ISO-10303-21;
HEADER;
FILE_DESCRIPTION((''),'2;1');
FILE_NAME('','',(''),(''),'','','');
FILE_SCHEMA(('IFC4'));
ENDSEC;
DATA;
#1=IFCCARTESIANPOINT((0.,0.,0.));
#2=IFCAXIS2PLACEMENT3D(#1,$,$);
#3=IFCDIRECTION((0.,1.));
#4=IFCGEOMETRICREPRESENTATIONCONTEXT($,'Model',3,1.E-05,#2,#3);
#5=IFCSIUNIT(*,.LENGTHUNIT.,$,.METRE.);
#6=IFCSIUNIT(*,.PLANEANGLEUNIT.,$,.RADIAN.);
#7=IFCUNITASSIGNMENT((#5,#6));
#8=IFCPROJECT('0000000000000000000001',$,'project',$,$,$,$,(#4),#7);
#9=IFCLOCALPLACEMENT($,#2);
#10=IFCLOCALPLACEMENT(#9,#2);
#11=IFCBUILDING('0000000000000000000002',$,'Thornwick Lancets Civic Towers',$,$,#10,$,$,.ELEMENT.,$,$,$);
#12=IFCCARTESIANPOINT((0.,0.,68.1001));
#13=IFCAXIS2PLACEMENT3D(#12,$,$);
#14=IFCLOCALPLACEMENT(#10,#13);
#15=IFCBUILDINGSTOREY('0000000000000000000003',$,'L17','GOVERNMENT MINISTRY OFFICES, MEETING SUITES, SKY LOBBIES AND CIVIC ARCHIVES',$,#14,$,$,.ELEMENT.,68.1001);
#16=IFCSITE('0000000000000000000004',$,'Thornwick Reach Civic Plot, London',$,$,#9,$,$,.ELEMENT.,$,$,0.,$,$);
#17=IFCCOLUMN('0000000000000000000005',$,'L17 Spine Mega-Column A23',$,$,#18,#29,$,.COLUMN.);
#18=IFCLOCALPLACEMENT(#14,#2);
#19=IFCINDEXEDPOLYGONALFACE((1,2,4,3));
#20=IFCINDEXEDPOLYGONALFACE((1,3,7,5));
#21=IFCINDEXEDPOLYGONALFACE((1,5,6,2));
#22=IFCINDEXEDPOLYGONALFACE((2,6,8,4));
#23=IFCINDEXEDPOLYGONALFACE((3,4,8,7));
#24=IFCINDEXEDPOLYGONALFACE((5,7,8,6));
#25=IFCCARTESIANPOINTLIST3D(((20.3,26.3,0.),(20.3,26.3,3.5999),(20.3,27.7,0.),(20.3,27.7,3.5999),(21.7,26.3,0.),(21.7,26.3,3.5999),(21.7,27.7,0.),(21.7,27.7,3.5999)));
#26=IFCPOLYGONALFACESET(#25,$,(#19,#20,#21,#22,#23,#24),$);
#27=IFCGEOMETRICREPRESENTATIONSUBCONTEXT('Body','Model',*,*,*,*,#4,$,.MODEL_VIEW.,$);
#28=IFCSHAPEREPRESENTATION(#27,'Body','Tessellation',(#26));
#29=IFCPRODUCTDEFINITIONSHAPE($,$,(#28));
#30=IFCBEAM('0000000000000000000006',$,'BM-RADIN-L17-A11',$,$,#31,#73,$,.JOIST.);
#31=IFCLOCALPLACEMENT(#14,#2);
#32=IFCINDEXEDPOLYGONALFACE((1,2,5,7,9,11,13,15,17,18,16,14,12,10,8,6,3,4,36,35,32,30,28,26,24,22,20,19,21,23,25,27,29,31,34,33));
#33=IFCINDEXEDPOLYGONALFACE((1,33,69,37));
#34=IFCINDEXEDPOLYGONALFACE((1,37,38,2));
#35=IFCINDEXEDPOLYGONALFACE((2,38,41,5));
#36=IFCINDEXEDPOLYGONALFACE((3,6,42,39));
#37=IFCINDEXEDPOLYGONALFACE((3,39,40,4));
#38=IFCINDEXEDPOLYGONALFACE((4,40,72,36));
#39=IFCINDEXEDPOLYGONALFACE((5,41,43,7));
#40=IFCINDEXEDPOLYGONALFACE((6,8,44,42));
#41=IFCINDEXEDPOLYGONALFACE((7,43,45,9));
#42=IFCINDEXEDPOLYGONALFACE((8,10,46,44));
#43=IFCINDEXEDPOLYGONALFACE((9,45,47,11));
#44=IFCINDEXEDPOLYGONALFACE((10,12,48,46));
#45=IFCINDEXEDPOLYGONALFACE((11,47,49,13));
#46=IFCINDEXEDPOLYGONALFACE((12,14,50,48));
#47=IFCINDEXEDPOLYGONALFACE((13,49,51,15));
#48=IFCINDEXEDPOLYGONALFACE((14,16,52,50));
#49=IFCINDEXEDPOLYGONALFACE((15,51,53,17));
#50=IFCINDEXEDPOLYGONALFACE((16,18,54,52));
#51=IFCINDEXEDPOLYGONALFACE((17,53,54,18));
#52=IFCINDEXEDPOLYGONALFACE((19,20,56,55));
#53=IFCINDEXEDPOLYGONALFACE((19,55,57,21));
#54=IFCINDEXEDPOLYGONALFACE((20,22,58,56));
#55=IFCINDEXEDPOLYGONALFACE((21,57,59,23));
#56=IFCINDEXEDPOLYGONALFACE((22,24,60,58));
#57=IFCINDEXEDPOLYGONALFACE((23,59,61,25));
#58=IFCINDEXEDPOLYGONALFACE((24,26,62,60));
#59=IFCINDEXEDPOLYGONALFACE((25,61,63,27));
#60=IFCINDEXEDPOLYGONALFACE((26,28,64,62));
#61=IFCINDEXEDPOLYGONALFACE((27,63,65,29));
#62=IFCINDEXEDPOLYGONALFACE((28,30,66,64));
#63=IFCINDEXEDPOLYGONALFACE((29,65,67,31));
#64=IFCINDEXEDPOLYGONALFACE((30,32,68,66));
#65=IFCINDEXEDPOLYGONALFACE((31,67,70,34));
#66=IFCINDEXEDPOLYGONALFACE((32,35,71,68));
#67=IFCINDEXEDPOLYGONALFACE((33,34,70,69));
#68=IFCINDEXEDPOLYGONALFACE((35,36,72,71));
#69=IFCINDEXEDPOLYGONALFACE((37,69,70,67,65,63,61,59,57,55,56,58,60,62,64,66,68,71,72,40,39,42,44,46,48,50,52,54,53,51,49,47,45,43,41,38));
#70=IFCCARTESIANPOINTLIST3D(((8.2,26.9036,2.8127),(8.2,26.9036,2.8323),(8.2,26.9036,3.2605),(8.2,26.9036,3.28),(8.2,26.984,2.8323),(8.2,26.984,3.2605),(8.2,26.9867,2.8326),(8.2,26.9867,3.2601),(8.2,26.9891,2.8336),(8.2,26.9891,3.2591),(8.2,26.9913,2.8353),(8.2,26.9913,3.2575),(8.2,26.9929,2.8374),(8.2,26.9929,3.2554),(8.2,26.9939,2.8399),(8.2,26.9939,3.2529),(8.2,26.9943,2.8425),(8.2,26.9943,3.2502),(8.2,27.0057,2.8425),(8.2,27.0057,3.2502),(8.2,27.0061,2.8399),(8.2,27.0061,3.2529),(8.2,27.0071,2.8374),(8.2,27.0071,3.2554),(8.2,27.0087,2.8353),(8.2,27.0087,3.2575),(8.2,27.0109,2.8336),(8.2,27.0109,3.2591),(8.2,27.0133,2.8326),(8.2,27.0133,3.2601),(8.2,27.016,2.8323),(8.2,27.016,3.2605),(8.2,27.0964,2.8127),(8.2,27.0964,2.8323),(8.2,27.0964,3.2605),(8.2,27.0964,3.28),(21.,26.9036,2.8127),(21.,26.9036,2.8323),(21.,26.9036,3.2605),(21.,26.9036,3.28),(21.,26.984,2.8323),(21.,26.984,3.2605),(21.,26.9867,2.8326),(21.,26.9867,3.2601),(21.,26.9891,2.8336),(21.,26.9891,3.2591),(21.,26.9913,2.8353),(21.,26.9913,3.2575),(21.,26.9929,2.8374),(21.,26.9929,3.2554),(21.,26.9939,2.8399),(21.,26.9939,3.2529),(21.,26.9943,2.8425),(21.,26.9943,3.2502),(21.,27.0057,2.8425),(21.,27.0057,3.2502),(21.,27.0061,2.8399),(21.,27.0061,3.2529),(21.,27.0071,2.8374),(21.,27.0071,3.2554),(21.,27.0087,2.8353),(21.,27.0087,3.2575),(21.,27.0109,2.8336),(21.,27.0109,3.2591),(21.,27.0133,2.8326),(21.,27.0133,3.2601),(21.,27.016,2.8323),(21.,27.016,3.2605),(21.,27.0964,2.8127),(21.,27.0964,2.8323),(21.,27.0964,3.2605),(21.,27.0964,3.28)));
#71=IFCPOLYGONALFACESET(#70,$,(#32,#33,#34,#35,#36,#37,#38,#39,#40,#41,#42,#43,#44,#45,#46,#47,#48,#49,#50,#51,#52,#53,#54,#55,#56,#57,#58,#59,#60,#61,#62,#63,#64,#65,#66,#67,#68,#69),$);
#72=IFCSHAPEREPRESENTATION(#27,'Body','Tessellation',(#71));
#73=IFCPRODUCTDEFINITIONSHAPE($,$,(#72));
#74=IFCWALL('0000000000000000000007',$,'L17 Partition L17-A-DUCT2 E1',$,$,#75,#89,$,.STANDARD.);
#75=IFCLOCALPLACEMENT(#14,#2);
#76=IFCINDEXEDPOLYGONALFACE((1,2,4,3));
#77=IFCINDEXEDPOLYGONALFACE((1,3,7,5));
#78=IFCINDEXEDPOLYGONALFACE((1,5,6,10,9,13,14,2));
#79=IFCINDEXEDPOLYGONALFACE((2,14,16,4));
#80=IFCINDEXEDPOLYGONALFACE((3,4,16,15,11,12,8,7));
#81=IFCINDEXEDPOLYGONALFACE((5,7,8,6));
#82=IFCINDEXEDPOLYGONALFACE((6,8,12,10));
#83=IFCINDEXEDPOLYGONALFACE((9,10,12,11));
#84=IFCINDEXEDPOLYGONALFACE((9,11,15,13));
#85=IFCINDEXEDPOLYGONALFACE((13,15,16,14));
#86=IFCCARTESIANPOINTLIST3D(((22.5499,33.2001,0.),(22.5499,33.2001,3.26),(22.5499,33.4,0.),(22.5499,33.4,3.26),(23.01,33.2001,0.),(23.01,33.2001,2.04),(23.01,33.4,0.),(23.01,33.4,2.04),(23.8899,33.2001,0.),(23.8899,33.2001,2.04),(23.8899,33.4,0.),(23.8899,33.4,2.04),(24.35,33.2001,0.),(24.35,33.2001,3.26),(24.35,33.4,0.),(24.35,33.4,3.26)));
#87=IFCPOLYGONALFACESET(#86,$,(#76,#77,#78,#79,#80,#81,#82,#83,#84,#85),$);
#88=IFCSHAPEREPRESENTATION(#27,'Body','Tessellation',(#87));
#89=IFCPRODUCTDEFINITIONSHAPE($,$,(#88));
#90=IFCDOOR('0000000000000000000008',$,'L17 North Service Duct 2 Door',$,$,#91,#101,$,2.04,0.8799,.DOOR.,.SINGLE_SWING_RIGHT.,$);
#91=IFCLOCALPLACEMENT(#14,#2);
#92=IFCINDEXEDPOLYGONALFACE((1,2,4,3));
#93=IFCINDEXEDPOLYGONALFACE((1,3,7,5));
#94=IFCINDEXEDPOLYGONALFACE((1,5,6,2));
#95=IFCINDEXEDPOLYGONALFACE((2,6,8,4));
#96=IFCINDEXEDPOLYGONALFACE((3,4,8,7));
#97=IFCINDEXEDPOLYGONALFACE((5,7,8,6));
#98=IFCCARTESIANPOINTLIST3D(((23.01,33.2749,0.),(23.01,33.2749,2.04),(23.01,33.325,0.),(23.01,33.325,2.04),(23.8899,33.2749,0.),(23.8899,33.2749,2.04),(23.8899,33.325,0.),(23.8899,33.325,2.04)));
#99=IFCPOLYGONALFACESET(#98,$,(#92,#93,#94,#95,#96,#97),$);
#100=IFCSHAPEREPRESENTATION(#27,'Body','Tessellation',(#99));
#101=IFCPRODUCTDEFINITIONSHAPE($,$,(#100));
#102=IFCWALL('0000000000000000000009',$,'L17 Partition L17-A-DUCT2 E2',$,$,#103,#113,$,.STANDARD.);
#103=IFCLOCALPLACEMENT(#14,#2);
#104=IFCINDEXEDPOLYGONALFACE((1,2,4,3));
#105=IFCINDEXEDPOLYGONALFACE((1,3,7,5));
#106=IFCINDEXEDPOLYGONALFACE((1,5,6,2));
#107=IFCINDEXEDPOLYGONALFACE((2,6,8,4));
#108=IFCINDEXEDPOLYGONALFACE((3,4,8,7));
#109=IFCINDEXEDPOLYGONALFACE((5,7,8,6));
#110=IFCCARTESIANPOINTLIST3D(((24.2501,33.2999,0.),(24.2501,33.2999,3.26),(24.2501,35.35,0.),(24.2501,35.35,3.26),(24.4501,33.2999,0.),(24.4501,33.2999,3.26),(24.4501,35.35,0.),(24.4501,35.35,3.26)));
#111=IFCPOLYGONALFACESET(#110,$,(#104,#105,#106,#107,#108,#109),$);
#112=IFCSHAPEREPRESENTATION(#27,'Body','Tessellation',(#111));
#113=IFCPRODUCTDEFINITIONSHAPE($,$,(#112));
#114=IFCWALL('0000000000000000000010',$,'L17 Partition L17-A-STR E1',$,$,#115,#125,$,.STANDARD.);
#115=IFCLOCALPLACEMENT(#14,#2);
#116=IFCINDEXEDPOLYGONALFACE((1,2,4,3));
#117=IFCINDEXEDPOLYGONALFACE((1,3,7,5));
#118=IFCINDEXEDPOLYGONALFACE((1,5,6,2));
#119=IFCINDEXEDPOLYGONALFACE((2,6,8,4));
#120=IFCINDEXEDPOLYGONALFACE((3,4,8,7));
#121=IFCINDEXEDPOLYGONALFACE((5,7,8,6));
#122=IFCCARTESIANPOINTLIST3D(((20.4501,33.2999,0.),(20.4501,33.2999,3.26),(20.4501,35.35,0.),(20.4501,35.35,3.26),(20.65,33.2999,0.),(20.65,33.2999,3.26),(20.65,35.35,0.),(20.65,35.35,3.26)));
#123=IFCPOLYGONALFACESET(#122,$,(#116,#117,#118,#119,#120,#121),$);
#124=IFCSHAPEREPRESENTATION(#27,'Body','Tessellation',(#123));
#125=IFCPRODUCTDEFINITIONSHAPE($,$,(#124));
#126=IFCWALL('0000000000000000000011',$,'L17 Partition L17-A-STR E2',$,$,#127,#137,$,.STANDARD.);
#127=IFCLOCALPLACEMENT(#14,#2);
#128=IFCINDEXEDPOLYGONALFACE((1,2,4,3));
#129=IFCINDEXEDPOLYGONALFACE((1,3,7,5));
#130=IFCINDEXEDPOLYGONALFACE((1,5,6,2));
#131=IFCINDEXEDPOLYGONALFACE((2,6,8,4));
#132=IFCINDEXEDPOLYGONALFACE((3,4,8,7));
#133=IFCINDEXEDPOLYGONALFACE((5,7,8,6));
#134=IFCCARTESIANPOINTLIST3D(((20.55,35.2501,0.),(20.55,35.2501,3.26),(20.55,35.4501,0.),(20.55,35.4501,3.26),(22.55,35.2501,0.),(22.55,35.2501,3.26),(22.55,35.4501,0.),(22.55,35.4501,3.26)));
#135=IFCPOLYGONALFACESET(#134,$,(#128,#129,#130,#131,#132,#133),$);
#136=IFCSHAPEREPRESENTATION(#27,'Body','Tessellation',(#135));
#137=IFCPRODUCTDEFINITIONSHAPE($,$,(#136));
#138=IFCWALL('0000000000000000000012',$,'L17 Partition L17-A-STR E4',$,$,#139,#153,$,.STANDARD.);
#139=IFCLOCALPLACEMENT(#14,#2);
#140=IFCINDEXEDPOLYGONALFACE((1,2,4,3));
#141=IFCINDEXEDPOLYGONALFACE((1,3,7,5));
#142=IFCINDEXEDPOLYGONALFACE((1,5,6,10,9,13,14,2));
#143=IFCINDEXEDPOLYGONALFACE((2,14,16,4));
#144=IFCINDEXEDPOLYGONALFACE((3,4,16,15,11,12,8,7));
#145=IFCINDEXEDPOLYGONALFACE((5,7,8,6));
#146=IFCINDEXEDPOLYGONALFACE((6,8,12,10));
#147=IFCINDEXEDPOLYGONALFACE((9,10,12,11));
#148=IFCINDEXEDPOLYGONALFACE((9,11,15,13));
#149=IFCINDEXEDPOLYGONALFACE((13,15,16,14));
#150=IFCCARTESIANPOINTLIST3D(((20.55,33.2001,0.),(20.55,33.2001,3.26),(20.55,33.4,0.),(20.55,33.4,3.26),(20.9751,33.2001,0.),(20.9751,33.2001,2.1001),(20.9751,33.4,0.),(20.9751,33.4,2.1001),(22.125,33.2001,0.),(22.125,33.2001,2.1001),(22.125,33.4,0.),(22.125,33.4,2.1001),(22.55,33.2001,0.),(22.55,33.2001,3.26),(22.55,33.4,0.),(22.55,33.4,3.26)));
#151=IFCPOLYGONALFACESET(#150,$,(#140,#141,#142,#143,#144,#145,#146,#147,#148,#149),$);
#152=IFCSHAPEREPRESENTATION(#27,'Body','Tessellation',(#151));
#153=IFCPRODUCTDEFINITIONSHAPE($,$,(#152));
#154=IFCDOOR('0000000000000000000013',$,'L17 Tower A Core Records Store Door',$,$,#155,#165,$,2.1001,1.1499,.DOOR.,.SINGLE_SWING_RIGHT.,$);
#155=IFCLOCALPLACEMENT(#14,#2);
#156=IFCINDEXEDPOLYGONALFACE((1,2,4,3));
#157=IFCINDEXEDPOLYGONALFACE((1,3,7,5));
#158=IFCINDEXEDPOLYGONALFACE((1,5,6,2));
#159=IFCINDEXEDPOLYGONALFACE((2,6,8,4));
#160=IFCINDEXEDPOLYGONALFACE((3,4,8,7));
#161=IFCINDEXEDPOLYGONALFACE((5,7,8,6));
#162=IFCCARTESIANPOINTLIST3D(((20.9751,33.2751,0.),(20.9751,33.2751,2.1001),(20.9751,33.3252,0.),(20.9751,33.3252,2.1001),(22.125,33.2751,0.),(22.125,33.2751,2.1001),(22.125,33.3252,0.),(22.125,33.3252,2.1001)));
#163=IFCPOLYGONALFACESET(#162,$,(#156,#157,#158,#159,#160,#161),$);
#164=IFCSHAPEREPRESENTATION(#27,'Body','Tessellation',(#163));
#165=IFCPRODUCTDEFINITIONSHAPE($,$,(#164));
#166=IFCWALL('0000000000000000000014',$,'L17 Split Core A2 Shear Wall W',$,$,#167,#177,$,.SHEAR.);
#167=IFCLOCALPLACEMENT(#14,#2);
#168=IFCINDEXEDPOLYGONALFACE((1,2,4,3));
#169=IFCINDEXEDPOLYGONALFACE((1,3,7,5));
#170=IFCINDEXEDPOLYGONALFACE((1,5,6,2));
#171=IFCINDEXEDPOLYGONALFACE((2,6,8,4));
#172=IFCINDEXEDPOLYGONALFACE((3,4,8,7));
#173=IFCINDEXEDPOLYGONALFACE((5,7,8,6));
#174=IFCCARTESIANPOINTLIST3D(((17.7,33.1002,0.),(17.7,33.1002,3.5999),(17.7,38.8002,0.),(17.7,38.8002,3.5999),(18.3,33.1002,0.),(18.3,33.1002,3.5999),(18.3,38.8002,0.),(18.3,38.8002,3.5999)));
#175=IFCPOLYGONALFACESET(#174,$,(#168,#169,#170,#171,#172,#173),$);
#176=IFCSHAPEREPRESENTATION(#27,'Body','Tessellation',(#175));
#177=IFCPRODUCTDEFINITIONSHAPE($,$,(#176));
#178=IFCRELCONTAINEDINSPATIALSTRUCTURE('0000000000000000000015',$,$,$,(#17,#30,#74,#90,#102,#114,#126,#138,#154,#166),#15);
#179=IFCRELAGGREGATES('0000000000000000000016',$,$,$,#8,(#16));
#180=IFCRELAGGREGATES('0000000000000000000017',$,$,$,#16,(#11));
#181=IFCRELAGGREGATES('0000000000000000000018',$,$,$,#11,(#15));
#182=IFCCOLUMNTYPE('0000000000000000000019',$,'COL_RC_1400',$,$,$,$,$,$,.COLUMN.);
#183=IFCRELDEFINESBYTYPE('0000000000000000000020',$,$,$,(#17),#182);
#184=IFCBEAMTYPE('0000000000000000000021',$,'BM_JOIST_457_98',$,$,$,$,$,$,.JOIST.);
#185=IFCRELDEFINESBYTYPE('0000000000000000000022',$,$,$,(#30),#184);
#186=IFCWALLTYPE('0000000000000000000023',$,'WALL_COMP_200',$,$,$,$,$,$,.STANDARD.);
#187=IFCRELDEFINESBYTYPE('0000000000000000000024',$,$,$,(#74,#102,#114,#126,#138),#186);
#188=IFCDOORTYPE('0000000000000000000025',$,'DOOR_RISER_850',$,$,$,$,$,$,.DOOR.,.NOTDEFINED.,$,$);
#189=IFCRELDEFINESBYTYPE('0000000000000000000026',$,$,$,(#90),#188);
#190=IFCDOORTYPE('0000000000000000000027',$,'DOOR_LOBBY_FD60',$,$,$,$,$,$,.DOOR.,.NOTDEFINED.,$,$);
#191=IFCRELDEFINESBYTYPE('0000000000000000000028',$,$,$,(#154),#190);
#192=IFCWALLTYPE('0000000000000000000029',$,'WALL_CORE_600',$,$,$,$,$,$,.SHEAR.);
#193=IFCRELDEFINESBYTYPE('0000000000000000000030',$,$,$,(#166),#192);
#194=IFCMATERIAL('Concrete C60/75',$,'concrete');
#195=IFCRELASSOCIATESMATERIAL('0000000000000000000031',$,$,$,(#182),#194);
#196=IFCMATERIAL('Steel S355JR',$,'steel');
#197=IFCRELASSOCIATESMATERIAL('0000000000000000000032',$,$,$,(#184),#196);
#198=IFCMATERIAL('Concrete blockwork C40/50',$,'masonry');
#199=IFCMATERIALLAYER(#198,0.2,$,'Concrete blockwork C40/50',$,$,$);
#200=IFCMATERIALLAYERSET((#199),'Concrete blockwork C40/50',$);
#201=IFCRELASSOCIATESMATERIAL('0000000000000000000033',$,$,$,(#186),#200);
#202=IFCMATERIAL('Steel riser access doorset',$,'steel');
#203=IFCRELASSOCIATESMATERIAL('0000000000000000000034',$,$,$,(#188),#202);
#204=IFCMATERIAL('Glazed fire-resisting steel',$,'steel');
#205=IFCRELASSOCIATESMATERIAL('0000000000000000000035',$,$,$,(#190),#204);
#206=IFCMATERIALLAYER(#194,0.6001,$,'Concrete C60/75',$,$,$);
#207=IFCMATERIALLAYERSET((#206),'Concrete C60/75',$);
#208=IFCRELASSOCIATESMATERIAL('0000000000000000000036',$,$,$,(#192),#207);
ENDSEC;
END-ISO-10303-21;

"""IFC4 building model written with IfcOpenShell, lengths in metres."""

from ifc_helpers import new_model, si_unit, direction, frame, frame_2d, origin, origin_2d, place, context, subcontext, project, spatial, rectangle, i_section, extrude, material, layer, layer_set, material_profile, profile_set, type_object, element, fill, save


model = new_model("IFC4")

# Units and contexts
model_context = context("Model", 3, precision=1e-05, world=origin(), true_north=direction((0.0, 1.0)))
body_context = subcontext(model_context, "Body", "Model", "MODEL_VIEW")
ifc_project = project(units=[si_unit("LENGTHUNIT", "METRE"), si_unit("PLANEANGLEUNIT", "RADIAN")], contexts=[model_context])

# Site, building, storey
site_placement = place(None, origin())
site = spatial("IfcSite", under=ifc_project, at=site_placement, Name="Thornwick Reach Civic Plot, London", CompositionType="ELEMENT", RefElevation=0.0)
building_placement = place(site_placement, origin())
building = spatial("IfcBuilding", under=site, at=building_placement, Name="Thornwick Lancets Civic Towers", CompositionType="ELEMENT")
storey_placement = place(building_placement, frame((0.0, 0.0, 68.1001)))
storey = spatial("IfcBuildingStorey", under=building, at=storey_placement, Name="L17", Description="GOVERNMENT MINISTRY OFFICES, MEETING SUITES, SKY LOBBIES AND CIVIC ARCHIVES", CompositionType="ELEMENT", Elevation=68.1001)

# Column
ifc_material_1 = material(Name="Concrete C60/75", Category="concrete")
ifc_material_profile_1 = material_profile(ifc_material_1, rectangle(XDim=1.3999, YDim=1.3999, at=origin_2d()), Name="RC 1400x1400")
ifc_profile_set_1 = profile_set([ifc_material_profile_1], Name="Concrete C60/75")
column_type = type_object("IfcColumnType", Name="COL_RC_1400", PredefinedType="COLUMN", material=ifc_profile_set_1)
column_placement = place(storey_placement, frame((21.0, 27.0, 0.0), z_axis=(0.0, 0.0, 1.0), x_axis=(1.0, 0.0, 0.0)))
element("IfcColumn", 1, at=column_placement, inside=storey, type_object=column_type, Name="L17 Spine Mega-Column A23", PredefinedType="COLUMN", context=body_context, shape_type="SweptSolid", body=[
    extrude(rectangle(XDim=1.3999, YDim=1.3999, at=origin_2d()), origin(), (0.0, 0.0, 1.0), 3.5999),
])

# Beam
ifc_material_2 = material(Name="Steel S355JR", Category="steel")
ifc_material_profile_2 = material_profile(ifc_material_2, i_section(OverallWidth=0.1929, OverallDepth=0.4673, WebThickness=0.0115, FlangeThickness=0.0195, FilletRadius=0.0103, at=origin_2d()), Name="UKB 457x191x98")
ifc_profile_set_2 = profile_set([ifc_material_profile_2], Name="Steel S355JR")
beam_type = type_object("IfcBeamType", Name="BM_JOIST_457_98", PredefinedType="JOIST", material=ifc_profile_set_2)
beam_placement = place(storey_placement, frame((21.0, 27.0, 3.0464), z_axis=(-1.0, 0.0, 0.0), x_axis=(0.0, -1.0, 0.0)))
element("IfcBeam", 2, at=beam_placement, inside=storey, type_object=beam_type, Name="BM-RADIN-L17-A11", PredefinedType="JOIST", context=body_context, shape_type="SweptSolid", body=[
    extrude(i_section(OverallWidth=0.1929, OverallDepth=0.4673, WebThickness=0.0115, FlangeThickness=0.0195, FilletRadius=0.0103, at=origin_2d()), origin(), (0.0, 0.0, 1.0), 12.8),
])

# Wall, opening, door
ifc_material_3 = material(Name="Concrete blockwork C40/50", Category="masonry")
ifc_layer_1 = layer(ifc_material_3, 0.2, Name="Concrete blockwork C40/50")
ifc_layer_set_1 = layer_set([ifc_layer_1], Name="Concrete blockwork C40/50")
wall_type_1 = type_object("IfcWallType", Name="WALL_COMP_200", PredefinedType="STANDARD", material=ifc_layer_set_1)
wall_1_placement = place(storey_placement, frame((22.55, 33.3, 0.0), z_axis=(0.0, 0.0, 1.0), x_axis=(1.0, 0.0, 0.0)))
wall_1 = element("IfcWall", 3, at=wall_1_placement, inside=storey, type_object=wall_type_1, Name="L17 Partition L17-A-DUCT2 E1", PredefinedType="STANDARD", context=body_context, shape_type="SweptSolid", body=[
    extrude(rectangle(XDim=1.8, YDim=0.2, at=frame_2d((0.8999, 0.0))), origin(), (0.0, 0.0, 1.0), 3.26),
])
opening_1_placement = place(wall_1_placement, frame((0.46, 0.0, 0.0)))
opening_1 = element("IfcOpeningElement", 4, at=opening_1_placement, cuts=wall_1, PredefinedType="OPENING", context=body_context, shape_type="SweptSolid", body=[
    extrude(rectangle(XDim=0.8799, YDim=2.04, at=frame_2d((0.4399, 1.02))), frame((0.0, 0.1099, 0.0), z_axis=(0.0, -1.0, 0.0), x_axis=(1.0, 0.0, 0.0)), (0.0, 0.0, 1.0), 0.22),
])
ifc_material_4 = material(Name="Steel riser access doorset", Category="steel")
door_type_1 = type_object("IfcDoorType", Name="DOOR_RISER_850", OperationType="NOTDEFINED", PredefinedType="DOOR", material=ifc_material_4)
door_1_placement = place(opening_1_placement, origin())
door_1 = element("IfcDoor", 5, at=door_1_placement, inside=storey, type_object=door_type_1, Name="L17 North Service Duct 2 Door", OperationType="SINGLE_SWING_RIGHT", OverallHeight=2.04, OverallWidth=0.8799, PredefinedType="DOOR", context=body_context, shape_type="SweptSolid", body=[
    extrude(rectangle(XDim=0.8799, YDim=2.04, at=frame_2d((0.4399, 1.02))), frame((0.0, 0.0249, 0.0), z_axis=(0.0, -1.0, 0.0), x_axis=(1.0, 0.0, 0.0)), (0.0, 0.0, 1.0), 0.05),
])
fill(opening_1, door_1)

# Walls
for number, where, z_axis, x_axis, name in (
    (6, (24.3501, 33.3, 0.0), (0.0, 0.0, 1.0), (0.0, 1.0, 0.0), "L17 Partition L17-A-DUCT2 E2"),
    (7, (20.55, 33.3, 0.0), (0.0, 0.0, 1.0), (0.0, 1.0, 0.0), "L17 Partition L17-A-STR E1"),
):
    element("IfcWall", number, at=place(storey_placement, frame(where, z_axis=z_axis, x_axis=x_axis)), inside=storey, type_object=wall_type_1, Name=name, PredefinedType="STANDARD", context=body_context, shape_type="SweptSolid", body=[
        extrude(rectangle(XDim=2.05, YDim=0.2, at=frame_2d((1.0249, 0.0))), origin(), (0.0, 0.0, 1.0), 3.26),
    ])
wall_2_placement = place(storey_placement, frame((20.55, 35.3501, 0.0), z_axis=(0.0, 0.0, 1.0), x_axis=(1.0, 0.0, 0.0)))
element("IfcWall", 8, at=wall_2_placement, inside=storey, type_object=wall_type_1, Name="L17 Partition L17-A-STR E2", PredefinedType="STANDARD", context=body_context, shape_type="SweptSolid", body=[
    extrude(rectangle(XDim=2.0, YDim=0.2, at=frame_2d((1.0, 0.0))), origin(), (0.0, 0.0, 1.0), 3.26),
])

# Wall, opening, door
wall_3_placement = place(storey_placement, frame((22.55, 33.3, 0.0), z_axis=(0.0, 0.0, 1.0), x_axis=(-1.0, 0.0, 0.0)))
wall_3 = element("IfcWall", 9, at=wall_3_placement, inside=storey, type_object=wall_type_1, Name="L17 Partition L17-A-STR E4", PredefinedType="STANDARD", context=body_context, shape_type="SweptSolid", body=[
    extrude(rectangle(XDim=2.0, YDim=0.2, at=frame_2d((1.0, 0.0))), origin(), (0.0, 0.0, 1.0), 3.26),
])
opening_2_placement = place(wall_3_placement, frame((0.425, 0.0, 0.0)))
opening_2 = element("IfcOpeningElement", 10, at=opening_2_placement, cuts=wall_3, PredefinedType="OPENING", context=body_context, shape_type="SweptSolid", body=[
    extrude(rectangle(XDim=1.1499, YDim=2.1001, at=frame_2d((0.575, 1.05))), frame((0.0, 0.1099, 0.0), z_axis=(0.0, -1.0, 0.0), x_axis=(1.0, 0.0, 0.0)), (0.0, 0.0, 1.0), 0.22),
])
ifc_material_5 = material(Name="Glazed fire-resisting steel", Category="steel")
door_type_2 = type_object("IfcDoorType", Name="DOOR_LOBBY_FD60", OperationType="NOTDEFINED", PredefinedType="DOOR", material=ifc_material_5)
door_2_placement = place(opening_2_placement, origin())
door_2 = element("IfcDoor", 11, at=door_2_placement, inside=storey, type_object=door_type_2, Name="L17 Tower A Core Records Store Door", OperationType="SINGLE_SWING_RIGHT", OverallHeight=2.1001, OverallWidth=1.1499, PredefinedType="DOOR", context=body_context, shape_type="SweptSolid", body=[
    extrude(rectangle(XDim=1.1499, YDim=2.1001, at=frame_2d((0.575, 1.05))), frame((0.0, 0.0249, 0.0), z_axis=(0.0, -1.0, 0.0), x_axis=(1.0, 0.0, 0.0)), (0.0, 0.0, 1.0), 0.05),
])
fill(opening_2, door_2)

# Wall
ifc_layer_2 = layer(ifc_material_1, 0.6001, Name="Concrete C60/75")
ifc_layer_set_2 = layer_set([ifc_layer_2], Name="Concrete C60/75")
wall_type_2 = type_object("IfcWallType", Name="WALL_CORE_600", PredefinedType="SHEAR", material=ifc_layer_set_2)
wall_4_placement = place(storey_placement, frame((18.0, 33.1001, 0.0), z_axis=(0.0, 0.0, 1.0), x_axis=(0.0, 1.0, 0.0)))
element("IfcWall", 12, at=wall_4_placement, inside=storey, type_object=wall_type_2, Name="L17 Split Core A2 Shear Wall W", PredefinedType="SHEAR", context=body_context, shape_type="SweptSolid", body=[
    extrude(rectangle(XDim=5.7, YDim=0.6001, at=frame_2d((2.8501, 0.0))), origin(), (0.0, 0.0, 1.0), 3.5999),
])

save(model, "model.ifc")
